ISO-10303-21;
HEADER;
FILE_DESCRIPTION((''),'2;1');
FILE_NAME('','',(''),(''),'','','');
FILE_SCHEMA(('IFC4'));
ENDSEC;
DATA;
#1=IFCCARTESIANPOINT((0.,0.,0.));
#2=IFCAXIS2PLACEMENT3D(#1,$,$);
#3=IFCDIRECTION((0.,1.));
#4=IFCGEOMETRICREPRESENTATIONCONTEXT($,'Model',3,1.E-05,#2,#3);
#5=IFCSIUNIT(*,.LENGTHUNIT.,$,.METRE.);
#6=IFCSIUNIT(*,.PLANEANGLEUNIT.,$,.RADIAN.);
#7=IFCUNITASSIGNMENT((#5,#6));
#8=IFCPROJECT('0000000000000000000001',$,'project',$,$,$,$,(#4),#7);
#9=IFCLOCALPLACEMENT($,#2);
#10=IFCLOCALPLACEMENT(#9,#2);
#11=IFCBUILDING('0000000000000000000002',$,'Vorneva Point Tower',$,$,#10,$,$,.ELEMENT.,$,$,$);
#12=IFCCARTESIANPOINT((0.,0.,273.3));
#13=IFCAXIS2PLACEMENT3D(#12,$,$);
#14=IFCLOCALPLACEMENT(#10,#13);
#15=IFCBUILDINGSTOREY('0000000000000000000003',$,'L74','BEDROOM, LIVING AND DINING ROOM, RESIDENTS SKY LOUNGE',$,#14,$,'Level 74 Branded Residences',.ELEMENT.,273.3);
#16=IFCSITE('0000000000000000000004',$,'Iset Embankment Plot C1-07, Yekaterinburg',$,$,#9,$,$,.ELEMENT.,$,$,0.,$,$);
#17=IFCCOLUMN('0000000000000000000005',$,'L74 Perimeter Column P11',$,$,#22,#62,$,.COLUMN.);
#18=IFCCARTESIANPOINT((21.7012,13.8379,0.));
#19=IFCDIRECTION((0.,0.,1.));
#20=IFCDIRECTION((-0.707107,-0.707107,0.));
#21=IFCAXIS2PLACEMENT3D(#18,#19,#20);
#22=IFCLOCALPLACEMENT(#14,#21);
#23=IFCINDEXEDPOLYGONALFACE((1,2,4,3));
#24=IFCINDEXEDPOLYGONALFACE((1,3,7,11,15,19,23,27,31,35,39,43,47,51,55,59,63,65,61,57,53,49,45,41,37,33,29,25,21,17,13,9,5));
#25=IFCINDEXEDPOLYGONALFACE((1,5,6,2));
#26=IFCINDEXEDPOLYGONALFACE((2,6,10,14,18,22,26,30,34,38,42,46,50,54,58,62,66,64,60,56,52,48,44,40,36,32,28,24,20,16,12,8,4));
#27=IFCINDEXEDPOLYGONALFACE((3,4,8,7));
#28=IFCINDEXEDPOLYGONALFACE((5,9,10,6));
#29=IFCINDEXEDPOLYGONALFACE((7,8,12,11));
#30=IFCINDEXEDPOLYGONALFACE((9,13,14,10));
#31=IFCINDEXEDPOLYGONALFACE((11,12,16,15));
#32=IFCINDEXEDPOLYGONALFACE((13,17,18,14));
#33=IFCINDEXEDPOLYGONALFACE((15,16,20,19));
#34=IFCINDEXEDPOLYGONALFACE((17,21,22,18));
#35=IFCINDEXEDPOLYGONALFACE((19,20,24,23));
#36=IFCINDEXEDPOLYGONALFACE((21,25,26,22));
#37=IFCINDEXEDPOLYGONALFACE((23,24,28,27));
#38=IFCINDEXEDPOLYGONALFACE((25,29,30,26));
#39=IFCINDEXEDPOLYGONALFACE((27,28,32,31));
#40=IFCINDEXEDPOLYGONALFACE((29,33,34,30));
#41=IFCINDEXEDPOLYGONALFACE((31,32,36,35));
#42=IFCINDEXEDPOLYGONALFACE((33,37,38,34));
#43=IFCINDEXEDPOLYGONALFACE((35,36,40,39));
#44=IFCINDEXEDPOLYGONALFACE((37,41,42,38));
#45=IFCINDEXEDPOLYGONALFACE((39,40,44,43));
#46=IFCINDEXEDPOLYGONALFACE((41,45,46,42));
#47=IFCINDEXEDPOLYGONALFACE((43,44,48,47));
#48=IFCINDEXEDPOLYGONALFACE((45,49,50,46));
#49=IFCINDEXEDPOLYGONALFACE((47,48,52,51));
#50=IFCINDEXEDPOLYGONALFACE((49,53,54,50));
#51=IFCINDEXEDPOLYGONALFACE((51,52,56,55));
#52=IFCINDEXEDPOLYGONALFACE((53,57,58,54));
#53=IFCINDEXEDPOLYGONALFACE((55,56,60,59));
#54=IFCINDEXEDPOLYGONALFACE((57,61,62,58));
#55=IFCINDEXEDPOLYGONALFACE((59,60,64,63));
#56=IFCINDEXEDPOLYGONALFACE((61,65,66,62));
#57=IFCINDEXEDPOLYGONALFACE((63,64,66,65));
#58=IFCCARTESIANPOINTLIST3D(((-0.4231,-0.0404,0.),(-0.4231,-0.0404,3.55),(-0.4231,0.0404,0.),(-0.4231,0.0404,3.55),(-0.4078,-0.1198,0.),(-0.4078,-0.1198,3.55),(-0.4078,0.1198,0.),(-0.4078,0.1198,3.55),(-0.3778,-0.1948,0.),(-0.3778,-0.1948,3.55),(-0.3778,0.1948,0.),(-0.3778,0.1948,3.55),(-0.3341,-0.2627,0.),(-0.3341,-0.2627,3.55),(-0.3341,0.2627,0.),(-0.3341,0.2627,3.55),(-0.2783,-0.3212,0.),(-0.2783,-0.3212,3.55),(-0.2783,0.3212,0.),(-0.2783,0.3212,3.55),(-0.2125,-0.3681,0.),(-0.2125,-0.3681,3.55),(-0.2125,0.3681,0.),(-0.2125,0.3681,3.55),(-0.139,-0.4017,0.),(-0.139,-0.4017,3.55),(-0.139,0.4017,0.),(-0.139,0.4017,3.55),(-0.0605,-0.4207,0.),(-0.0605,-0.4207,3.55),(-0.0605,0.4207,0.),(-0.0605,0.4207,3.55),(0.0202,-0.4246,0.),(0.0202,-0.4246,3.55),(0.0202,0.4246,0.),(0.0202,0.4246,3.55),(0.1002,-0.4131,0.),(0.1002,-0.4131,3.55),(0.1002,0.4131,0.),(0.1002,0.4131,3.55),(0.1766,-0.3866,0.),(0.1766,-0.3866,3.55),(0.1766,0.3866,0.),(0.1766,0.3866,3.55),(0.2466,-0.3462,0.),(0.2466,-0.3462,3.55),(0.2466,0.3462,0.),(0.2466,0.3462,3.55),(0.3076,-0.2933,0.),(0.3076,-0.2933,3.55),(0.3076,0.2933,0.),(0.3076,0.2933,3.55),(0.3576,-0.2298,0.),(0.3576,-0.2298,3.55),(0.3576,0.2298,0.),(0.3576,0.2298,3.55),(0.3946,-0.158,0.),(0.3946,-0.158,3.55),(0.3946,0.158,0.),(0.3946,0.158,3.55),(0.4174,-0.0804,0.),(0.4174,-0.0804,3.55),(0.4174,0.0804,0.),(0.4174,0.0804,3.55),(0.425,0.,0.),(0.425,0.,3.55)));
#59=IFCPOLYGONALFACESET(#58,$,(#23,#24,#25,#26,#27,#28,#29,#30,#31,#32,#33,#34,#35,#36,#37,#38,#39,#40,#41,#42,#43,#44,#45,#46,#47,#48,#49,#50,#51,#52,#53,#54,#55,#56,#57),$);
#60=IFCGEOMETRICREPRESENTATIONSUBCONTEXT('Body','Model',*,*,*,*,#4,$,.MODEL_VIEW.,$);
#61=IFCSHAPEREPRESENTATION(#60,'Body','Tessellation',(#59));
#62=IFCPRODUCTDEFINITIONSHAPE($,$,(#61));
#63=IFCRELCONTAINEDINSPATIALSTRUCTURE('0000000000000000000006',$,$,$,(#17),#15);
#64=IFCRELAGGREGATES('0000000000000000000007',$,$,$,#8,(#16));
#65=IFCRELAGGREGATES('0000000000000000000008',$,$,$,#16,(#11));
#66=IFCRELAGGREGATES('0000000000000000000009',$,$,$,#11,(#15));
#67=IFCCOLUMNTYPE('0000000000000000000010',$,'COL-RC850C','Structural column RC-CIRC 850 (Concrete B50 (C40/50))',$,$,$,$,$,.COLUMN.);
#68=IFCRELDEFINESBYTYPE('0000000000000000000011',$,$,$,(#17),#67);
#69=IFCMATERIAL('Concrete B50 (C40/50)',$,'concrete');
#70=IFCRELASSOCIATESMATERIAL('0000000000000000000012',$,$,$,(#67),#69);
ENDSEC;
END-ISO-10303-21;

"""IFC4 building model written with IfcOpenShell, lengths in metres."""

from ifc_helpers import new_model, si_unit, direction, frame, origin, origin_2d, place, context, subcontext, project, spatial, circle, extrude, material, material_profile, profile_set, type_object, element, save


model = new_model("IFC4")

# Units and contexts
model_context = context("Model", 3, precision=1e-05, world=origin(), true_north=direction((0.0, 1.0)))
body_context = subcontext(model_context, "Body", "Model", "MODEL_VIEW")
ifc_project = project(units=[si_unit("LENGTHUNIT", "METRE"), si_unit("PLANEANGLEUNIT", "RADIAN")], contexts=[model_context])

# Site, building, storey
site_placement = place(None, origin())
site = spatial("IfcSite", under=ifc_project, at=site_placement, Name="Iset Embankment Plot C1-07, Yekaterinburg", CompositionType="ELEMENT", RefElevation=0.0)
building_placement = place(site_placement, origin())
building = spatial("IfcBuilding", under=site, at=building_placement, Name="Vorneva Point Tower", CompositionType="ELEMENT")
storey_placement = place(building_placement, frame((0.0, 0.0, 273.3)))
storey = spatial("IfcBuildingStorey", under=building, at=storey_placement, Name="L74", Description="BEDROOM, LIVING AND DINING ROOM, RESIDENTS SKY LOUNGE", LongName="Level 74 Branded Residences", CompositionType="ELEMENT", Elevation=273.3)

# Column
ifc_material_1 = material(Name="Concrete B50 (C40/50)", Category="concrete")
ifc_material_profile_1 = material_profile(ifc_material_1, circle(Radius=0.425, at=origin_2d()), Name="RC-CIRC 850")
ifc_profile_set_1 = profile_set([ifc_material_profile_1], Name="Concrete B50 (C40/50)")
column_type_1 = type_object("IfcColumnType", Name="COL-RC850C", Description="Structural column RC-CIRC 850 (Concrete B50 (C40/50))", PredefinedType="COLUMN", material=ifc_profile_set_1)
column_1_placement = place(storey_placement, frame((21.7012, 13.8379, 0.0), z_axis=(0.0, 0.0, 1.0), x_axis=(-0.707107, -0.707107, 0.0)))
element("IfcColumn", 1, at=column_1_placement, inside=storey, type_object=column_type_1, Name="L74 Perimeter Column P11", PredefinedType="COLUMN", context=body_context, shape_type="SweptSolid", body=[
    extrude(circle(Radius=0.425, at=origin_2d()), origin(), (0.0, 0.0, 1.0), 3.55),
])

save(model, "model.ifc")
